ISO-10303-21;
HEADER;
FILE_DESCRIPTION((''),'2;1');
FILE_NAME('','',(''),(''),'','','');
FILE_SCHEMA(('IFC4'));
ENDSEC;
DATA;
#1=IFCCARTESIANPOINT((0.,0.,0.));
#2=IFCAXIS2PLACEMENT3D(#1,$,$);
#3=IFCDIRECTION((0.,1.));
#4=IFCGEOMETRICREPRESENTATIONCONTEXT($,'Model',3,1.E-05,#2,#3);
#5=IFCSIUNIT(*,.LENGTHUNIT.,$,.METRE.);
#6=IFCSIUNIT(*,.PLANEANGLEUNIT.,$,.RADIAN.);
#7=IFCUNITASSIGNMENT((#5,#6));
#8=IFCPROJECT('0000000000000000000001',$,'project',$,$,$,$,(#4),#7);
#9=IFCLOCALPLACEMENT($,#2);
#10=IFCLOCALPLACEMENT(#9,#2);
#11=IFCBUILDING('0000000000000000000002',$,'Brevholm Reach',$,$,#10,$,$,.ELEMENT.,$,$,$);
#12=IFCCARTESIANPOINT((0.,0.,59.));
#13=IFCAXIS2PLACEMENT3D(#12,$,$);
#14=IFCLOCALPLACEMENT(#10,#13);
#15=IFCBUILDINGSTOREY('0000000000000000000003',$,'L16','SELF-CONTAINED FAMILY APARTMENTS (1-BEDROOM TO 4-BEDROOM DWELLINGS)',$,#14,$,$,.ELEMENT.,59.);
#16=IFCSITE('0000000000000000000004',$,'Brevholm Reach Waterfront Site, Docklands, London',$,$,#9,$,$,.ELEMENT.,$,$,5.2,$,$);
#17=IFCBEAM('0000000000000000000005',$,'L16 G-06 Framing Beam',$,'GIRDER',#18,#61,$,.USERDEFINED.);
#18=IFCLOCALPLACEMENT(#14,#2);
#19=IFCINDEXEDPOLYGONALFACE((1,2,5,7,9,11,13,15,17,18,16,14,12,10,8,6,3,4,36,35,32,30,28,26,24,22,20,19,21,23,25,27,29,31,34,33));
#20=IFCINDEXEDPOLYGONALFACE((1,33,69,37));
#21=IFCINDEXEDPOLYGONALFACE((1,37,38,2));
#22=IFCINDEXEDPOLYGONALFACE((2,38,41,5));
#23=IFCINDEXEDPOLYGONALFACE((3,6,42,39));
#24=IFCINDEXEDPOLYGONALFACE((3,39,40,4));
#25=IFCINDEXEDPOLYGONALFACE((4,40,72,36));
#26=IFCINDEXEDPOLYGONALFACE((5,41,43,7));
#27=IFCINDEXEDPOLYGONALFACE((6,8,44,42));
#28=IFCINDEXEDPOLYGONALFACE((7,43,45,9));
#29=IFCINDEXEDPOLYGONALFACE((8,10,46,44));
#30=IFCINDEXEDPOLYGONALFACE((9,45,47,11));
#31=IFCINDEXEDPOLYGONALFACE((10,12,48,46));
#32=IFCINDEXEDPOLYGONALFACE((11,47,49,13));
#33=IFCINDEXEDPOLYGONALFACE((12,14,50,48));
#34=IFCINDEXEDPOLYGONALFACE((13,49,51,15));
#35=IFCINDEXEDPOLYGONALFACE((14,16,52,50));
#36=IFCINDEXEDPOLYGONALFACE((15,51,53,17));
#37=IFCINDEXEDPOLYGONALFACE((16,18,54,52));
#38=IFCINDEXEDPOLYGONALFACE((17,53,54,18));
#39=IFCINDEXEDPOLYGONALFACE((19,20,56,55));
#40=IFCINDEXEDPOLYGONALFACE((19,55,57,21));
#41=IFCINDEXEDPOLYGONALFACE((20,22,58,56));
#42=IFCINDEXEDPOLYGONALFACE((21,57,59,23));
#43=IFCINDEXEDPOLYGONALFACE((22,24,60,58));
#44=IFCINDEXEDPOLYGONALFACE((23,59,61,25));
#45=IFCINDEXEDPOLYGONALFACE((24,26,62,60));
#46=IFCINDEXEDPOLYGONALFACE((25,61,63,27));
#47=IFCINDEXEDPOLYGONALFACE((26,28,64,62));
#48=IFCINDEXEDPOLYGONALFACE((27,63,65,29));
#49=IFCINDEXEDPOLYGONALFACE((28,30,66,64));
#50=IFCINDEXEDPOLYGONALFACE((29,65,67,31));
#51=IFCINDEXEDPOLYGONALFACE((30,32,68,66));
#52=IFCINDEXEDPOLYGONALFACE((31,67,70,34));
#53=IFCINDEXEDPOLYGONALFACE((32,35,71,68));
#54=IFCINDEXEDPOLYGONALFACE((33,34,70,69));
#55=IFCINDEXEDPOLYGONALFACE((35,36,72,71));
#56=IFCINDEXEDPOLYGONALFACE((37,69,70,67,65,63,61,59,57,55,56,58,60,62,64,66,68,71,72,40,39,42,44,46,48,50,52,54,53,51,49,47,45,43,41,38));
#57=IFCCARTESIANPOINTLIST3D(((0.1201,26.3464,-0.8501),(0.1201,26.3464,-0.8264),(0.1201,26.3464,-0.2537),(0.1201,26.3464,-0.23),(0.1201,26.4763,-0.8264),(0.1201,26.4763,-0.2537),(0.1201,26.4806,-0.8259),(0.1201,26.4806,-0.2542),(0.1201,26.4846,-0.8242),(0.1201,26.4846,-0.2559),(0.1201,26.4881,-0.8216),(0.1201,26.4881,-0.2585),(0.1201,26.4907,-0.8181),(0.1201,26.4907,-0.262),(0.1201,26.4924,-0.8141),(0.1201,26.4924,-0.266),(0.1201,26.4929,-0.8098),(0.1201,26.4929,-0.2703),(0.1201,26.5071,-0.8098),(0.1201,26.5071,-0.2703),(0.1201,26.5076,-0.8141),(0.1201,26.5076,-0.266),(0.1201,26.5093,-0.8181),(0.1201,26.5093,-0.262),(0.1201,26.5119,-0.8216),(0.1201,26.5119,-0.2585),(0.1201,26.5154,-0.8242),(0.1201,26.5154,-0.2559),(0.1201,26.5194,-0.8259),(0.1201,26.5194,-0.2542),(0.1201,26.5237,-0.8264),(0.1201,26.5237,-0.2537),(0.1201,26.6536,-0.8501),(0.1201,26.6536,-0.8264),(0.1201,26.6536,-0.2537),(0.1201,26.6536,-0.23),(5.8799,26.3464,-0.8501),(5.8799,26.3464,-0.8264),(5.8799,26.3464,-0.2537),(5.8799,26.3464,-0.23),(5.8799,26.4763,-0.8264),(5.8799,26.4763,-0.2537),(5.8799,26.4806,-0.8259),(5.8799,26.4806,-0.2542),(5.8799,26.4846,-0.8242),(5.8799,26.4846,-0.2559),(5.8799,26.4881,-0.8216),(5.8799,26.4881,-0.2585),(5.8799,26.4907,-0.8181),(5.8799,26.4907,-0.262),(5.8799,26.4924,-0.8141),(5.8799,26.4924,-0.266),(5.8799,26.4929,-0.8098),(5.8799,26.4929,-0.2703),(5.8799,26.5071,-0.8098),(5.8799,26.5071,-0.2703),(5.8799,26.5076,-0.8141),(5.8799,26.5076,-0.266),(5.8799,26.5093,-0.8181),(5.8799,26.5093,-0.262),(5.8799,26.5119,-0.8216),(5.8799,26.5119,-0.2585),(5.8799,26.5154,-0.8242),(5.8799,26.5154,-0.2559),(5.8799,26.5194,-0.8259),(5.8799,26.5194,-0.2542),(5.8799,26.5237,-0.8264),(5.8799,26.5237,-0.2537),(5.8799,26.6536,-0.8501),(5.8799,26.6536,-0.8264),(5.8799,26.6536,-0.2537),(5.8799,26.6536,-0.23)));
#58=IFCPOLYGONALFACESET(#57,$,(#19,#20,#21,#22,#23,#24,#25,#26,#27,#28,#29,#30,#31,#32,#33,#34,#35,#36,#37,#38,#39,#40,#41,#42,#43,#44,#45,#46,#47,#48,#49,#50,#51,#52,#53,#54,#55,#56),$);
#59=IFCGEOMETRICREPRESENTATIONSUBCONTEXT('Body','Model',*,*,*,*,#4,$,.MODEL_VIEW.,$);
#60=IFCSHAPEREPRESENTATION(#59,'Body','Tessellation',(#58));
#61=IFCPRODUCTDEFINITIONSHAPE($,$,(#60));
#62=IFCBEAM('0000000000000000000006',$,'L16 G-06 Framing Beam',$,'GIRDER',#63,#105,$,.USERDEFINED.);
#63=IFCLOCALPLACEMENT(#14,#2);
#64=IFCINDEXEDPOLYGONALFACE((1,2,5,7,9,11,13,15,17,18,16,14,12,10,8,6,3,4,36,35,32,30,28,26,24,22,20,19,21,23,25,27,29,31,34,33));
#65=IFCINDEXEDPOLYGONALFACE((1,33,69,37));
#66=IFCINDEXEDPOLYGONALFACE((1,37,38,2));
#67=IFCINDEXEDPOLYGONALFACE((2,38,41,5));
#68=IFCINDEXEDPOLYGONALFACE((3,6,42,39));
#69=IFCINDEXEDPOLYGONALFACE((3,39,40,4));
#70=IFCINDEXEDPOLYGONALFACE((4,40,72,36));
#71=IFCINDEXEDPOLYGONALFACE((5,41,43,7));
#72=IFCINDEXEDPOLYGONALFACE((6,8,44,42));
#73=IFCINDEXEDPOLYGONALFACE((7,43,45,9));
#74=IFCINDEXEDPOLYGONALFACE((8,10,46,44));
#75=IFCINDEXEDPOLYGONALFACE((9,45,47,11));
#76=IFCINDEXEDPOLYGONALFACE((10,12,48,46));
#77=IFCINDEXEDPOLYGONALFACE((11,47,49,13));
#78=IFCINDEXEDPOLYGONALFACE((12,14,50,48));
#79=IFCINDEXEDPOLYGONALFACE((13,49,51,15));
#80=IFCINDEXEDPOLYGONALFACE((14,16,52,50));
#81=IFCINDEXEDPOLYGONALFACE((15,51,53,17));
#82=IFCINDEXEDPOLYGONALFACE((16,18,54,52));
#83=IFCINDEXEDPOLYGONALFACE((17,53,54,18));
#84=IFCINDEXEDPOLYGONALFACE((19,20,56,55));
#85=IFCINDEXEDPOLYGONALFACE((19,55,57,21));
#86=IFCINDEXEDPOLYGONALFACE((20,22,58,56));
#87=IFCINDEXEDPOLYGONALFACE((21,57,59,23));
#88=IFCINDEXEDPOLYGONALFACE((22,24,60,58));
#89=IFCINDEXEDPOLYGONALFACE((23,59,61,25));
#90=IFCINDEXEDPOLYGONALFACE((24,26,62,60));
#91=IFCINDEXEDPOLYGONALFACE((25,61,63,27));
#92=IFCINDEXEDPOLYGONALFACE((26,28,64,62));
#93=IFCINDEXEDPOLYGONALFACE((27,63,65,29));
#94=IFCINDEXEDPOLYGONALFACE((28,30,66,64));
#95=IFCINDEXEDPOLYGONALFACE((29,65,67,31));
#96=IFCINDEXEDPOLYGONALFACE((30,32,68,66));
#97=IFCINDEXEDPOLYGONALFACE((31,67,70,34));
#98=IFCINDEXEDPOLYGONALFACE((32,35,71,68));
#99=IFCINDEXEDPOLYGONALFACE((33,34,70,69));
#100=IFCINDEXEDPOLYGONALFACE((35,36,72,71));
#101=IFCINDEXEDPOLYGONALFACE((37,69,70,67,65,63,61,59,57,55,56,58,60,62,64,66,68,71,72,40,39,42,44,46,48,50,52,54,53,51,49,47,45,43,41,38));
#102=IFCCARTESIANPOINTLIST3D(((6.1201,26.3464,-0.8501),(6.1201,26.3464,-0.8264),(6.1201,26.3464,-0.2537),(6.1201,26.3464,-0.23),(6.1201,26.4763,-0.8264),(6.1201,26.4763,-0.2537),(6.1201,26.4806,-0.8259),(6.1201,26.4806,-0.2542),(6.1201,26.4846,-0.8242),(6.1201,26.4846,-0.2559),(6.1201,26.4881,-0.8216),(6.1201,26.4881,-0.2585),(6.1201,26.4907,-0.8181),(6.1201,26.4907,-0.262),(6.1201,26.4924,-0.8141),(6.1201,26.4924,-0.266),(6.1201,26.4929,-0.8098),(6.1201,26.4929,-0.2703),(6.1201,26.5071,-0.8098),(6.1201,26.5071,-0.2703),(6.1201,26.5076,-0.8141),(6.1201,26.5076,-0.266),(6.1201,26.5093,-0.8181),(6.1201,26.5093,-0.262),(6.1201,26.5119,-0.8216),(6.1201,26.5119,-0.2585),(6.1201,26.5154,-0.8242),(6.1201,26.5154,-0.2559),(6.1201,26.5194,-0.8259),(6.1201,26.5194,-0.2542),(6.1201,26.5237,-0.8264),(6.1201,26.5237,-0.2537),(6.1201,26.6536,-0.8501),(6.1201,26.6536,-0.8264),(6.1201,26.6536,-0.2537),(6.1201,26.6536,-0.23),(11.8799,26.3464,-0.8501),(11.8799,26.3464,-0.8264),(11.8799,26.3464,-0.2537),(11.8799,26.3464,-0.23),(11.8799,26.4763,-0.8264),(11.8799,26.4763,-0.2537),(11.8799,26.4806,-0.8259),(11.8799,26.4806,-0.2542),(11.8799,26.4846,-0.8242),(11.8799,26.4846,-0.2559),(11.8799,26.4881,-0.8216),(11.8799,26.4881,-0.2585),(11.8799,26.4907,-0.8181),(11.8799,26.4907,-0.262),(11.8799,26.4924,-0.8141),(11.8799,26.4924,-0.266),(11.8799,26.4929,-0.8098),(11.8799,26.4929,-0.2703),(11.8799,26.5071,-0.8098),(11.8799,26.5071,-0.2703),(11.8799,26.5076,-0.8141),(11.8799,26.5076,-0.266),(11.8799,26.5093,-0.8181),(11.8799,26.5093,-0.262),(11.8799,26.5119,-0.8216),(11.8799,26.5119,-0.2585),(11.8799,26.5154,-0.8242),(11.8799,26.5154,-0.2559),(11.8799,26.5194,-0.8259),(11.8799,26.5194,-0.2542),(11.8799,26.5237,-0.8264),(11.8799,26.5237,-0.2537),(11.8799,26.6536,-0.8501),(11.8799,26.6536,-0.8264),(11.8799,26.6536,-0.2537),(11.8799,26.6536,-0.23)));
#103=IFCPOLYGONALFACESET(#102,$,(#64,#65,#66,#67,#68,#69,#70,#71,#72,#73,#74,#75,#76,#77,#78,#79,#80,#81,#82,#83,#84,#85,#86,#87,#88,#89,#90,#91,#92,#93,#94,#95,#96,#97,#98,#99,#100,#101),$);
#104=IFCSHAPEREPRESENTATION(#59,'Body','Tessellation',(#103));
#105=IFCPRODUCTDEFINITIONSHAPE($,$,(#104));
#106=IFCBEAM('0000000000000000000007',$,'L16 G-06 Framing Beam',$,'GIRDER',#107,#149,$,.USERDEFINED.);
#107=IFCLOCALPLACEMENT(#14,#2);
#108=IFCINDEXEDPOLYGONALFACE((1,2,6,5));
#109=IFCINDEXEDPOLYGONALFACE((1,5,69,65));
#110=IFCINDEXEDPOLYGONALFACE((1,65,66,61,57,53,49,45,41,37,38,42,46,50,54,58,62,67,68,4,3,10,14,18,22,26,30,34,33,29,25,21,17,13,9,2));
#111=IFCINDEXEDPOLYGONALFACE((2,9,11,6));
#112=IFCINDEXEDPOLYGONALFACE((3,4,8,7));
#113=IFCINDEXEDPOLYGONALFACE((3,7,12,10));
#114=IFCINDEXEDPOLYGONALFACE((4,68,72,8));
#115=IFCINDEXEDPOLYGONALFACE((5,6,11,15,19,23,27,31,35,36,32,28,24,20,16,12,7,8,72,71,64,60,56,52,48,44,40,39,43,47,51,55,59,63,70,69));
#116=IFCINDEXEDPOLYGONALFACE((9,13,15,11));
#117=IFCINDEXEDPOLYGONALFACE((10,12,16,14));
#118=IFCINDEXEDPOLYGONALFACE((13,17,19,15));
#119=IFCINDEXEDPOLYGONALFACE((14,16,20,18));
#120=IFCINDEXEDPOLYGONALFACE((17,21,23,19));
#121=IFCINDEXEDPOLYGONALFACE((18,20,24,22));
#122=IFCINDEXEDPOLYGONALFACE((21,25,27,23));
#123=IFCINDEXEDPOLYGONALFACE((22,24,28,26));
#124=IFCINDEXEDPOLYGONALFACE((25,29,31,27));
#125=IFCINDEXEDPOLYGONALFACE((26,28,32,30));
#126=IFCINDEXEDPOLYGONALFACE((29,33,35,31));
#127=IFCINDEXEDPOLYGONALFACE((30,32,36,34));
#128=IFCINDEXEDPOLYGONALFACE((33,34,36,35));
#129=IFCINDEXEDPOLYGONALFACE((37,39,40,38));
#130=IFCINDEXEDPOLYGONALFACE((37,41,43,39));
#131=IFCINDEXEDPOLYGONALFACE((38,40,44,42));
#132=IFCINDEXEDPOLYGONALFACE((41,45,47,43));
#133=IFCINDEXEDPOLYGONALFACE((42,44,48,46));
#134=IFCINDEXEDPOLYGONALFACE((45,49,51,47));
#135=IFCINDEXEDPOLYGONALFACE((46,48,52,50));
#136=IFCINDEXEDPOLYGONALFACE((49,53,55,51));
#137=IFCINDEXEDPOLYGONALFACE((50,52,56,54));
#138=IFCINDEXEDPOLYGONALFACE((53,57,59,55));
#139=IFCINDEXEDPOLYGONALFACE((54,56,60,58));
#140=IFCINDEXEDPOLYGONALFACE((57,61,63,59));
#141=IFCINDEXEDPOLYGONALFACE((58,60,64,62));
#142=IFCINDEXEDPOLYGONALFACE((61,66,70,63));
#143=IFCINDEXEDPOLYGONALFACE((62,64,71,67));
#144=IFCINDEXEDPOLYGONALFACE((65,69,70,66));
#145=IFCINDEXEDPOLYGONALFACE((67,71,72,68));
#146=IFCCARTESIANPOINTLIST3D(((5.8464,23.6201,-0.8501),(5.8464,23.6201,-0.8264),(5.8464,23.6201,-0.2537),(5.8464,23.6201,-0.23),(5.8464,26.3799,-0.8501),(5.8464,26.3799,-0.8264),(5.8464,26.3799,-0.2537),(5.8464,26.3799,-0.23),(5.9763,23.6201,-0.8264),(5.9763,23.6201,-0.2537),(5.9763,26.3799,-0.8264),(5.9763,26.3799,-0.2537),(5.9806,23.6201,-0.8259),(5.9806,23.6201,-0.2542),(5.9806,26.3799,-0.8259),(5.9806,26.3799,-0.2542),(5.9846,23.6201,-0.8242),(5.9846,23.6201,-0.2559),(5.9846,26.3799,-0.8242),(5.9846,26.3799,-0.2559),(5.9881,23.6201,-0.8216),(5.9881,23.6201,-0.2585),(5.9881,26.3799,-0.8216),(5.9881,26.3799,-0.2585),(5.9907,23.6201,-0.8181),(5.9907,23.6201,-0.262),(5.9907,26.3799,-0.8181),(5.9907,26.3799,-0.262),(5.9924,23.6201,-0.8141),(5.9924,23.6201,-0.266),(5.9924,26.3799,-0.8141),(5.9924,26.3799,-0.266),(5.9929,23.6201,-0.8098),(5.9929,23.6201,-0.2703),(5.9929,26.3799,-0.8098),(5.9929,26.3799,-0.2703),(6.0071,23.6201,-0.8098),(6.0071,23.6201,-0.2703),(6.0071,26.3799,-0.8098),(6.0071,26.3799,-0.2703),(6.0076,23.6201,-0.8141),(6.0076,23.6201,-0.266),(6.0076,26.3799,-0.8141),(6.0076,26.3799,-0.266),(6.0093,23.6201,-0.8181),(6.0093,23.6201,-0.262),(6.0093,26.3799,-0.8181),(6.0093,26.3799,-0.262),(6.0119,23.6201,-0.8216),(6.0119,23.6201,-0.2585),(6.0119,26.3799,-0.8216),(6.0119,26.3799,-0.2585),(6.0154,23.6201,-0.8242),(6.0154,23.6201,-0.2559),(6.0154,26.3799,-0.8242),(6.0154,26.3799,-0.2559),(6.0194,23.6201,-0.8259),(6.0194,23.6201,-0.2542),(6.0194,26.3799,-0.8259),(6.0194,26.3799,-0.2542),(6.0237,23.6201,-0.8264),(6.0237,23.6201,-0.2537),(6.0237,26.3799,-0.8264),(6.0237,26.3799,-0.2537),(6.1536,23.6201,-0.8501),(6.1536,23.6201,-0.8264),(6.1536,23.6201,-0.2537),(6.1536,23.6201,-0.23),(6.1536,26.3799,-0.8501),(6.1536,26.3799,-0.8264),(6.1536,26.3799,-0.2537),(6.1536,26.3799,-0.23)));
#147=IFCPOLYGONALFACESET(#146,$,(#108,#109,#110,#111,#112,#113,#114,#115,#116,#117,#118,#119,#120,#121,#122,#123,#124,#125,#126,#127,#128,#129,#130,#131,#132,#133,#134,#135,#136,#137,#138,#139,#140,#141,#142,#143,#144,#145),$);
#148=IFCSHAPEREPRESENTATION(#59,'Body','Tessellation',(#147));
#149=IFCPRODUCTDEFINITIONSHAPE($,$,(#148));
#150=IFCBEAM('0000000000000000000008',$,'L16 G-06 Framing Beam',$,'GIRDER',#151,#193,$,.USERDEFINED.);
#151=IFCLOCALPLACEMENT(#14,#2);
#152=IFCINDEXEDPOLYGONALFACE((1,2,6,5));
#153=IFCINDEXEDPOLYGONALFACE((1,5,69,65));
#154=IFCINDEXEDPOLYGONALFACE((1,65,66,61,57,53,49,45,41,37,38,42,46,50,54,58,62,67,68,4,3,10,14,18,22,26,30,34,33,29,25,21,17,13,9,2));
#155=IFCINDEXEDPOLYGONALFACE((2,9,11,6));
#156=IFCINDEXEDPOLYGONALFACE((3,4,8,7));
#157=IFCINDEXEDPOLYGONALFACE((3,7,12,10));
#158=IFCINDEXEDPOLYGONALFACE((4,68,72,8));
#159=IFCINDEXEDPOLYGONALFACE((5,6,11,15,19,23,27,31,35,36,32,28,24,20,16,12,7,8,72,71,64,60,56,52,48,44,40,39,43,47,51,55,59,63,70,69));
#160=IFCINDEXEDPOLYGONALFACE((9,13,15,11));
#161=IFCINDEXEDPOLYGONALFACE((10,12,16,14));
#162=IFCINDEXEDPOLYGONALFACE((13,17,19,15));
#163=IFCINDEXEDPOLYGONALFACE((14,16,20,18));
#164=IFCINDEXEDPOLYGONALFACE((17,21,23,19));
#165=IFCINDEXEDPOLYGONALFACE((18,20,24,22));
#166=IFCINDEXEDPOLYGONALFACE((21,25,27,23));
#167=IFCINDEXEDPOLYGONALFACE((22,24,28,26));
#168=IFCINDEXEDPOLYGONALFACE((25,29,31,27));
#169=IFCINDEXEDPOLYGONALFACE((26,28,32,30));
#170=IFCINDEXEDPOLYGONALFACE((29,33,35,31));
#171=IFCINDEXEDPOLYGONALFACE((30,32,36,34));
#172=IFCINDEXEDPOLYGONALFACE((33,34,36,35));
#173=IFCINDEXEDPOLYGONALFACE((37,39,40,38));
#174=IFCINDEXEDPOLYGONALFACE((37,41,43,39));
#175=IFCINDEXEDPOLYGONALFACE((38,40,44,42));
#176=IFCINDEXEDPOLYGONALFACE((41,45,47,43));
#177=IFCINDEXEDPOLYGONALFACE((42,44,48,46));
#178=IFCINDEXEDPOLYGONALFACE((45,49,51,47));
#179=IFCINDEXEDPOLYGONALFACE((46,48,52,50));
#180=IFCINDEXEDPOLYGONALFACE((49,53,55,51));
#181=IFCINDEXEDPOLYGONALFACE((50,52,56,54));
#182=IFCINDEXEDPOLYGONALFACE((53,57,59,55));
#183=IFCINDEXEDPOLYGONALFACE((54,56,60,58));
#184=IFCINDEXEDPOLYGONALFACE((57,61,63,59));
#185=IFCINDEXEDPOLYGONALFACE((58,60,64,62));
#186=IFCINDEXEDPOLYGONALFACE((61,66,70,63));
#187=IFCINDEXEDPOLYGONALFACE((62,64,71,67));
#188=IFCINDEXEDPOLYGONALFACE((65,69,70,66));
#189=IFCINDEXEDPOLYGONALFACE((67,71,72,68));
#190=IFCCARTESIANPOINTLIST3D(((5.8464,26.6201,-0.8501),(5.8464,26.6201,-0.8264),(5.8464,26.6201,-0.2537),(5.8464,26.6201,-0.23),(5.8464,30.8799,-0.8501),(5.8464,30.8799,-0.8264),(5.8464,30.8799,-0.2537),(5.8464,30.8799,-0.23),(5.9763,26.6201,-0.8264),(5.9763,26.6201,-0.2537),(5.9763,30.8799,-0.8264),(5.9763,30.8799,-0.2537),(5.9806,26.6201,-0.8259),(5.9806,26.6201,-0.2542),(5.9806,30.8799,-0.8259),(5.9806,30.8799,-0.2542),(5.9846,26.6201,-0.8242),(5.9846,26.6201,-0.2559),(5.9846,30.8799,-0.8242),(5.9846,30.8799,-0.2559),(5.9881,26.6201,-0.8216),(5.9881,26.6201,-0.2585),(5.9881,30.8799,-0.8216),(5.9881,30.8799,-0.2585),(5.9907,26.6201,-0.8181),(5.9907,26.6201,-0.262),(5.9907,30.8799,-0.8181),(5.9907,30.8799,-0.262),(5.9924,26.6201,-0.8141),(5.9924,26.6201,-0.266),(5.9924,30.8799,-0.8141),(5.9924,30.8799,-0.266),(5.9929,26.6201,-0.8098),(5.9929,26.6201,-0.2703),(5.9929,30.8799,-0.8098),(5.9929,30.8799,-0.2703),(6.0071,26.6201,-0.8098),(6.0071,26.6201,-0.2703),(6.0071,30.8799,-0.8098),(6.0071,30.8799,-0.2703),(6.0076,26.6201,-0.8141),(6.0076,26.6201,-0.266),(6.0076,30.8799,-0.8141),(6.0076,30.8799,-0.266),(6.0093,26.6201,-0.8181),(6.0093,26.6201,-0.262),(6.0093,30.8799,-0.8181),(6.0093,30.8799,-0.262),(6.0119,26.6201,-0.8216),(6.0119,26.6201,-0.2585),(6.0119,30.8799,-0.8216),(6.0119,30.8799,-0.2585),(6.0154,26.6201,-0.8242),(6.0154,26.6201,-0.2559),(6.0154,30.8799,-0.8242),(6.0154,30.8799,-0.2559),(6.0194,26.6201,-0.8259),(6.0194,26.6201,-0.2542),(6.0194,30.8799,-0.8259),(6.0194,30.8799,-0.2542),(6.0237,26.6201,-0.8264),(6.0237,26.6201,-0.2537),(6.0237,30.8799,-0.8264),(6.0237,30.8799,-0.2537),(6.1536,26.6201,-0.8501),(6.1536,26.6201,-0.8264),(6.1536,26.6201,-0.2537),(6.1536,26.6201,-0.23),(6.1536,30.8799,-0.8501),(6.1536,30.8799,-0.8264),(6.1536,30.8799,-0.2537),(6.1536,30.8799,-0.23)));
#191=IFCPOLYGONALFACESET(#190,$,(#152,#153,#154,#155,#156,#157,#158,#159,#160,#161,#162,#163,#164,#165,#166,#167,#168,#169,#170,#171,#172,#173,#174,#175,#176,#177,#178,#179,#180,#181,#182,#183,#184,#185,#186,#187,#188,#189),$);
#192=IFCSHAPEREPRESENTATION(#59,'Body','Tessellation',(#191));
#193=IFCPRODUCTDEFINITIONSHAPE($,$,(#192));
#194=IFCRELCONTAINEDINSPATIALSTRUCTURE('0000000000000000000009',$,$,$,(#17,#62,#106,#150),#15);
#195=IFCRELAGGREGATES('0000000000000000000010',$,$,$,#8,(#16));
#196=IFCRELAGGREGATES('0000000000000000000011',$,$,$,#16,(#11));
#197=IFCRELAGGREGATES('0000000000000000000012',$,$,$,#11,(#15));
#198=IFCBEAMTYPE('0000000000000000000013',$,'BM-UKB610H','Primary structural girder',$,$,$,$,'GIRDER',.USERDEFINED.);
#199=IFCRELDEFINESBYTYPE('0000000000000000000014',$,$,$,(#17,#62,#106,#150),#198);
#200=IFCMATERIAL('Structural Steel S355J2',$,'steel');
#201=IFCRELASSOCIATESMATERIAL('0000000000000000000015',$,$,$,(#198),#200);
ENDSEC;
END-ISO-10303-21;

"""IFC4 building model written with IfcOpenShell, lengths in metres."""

from ifc_helpers import new_model, si_unit, direction, frame, origin, origin_2d, place, context, subcontext, project, spatial, i_section, extrude, material, material_profile, profile_set, type_object, element, save


model = new_model("IFC4")

# Units and contexts
model_context = context("Model", 3, precision=1e-05, world=origin(), true_north=direction((0.0, 1.0)))
body_context = subcontext(model_context, "Body", "Model", "MODEL_VIEW")
ifc_project = project(units=[si_unit("LENGTHUNIT", "METRE"), si_unit("PLANEANGLEUNIT", "RADIAN")], contexts=[model_context])

# Site, building, storey
site_placement = place(None, origin())
site = spatial("IfcSite", under=ifc_project, at=site_placement, Name="Brevholm Reach Waterfront Site, Docklands, London", CompositionType="ELEMENT", RefElevation=5.2)
building_placement = place(site_placement, origin())
building = spatial("IfcBuilding", under=site, at=building_placement, Name="Brevholm Reach", CompositionType="ELEMENT")
storey_placement = place(building_placement, frame((0.0, 0.0, 59.0)))
storey = spatial("IfcBuildingStorey", under=building, at=storey_placement, Name="L16", Description="SELF-CONTAINED FAMILY APARTMENTS (1-BEDROOM TO 4-BEDROOM DWELLINGS)", CompositionType="ELEMENT", Elevation=59.0)

# Beams
ifc_material_1 = material(Name="Structural Steel S355J2", Category="steel")
ifc_material_profile_1 = material_profile(ifc_material_1, i_section(OverallWidth=0.3071, OverallDepth=0.6201, WebThickness=0.0142, FlangeThickness=0.0237, FilletRadius=0.0166, at=origin_2d()), Name="UKB 610x305x179")
ifc_profile_set_1 = profile_set([ifc_material_profile_1], Name="Structural Steel S355J2")
beam_type_1 = type_object("IfcBeamType", Name="BM-UKB610H", Description="Primary structural girder", ElementType="GIRDER", PredefinedType="USERDEFINED", material=ifc_profile_set_1)
for number, where, z_axis, x_axis, name in (
    (1, (0.1201, 26.5, -0.54), (1.0, 0.0, 0.0), (0.0, 1.0, 0.0), "L16 G-06 Framing Beam"),
    (2, (6.1201, 26.5, -0.54), (1.0, 0.0, 0.0), (0.0, 1.0, 0.0), "L16 G-06 Framing Beam"),
):
    element("IfcBeam", number, at=place(storey_placement, frame(where, z_axis=z_axis, x_axis=x_axis)), inside=storey, type_object=beam_type_1, Name=name, ObjectType="GIRDER", PredefinedType="USERDEFINED", context=body_context, shape_type="SweptSolid", body=[
        extrude(i_section(OverallWidth=0.3071, OverallDepth=0.6201, WebThickness=0.0142, FlangeThickness=0.0237, FilletRadius=0.0166, at=origin_2d()), origin(), (0.0, 0.0, 1.0), 5.7598),
    ])
beam_1_placement = place(storey_placement, frame((6.0, 23.6201, -0.54), z_axis=(0.0, 1.0, 0.0), x_axis=(-1.0, 0.0, 0.0)))
element("IfcBeam", 3, at=beam_1_placement, inside=storey, type_object=beam_type_1, Name="L16 G-06 Framing Beam", ObjectType="GIRDER", PredefinedType="USERDEFINED", context=body_context, shape_type="SweptSolid", body=[
    extrude(i_section(OverallWidth=0.3071, OverallDepth=0.6201, WebThickness=0.0142, FlangeThickness=0.0237, FilletRadius=0.0166, at=origin_2d()), origin(), (0.0, 0.0, 1.0), 2.7598),
])
beam_2_placement = place(storey_placement, frame((6.0, 26.6201, -0.54), z_axis=(0.0, 1.0, 0.0), x_axis=(-1.0, 0.0, 0.0)))
element("IfcBeam", 4, at=beam_2_placement, inside=storey, type_object=beam_type_1, Name="L16 G-06 Framing Beam", ObjectType="GIRDER", PredefinedType="USERDEFINED", context=body_context, shape_type="SweptSolid", body=[
    extrude(i_section(OverallWidth=0.3071, OverallDepth=0.6201, WebThickness=0.0142, FlangeThickness=0.0237, FilletRadius=0.0166, at=origin_2d()), origin(), (0.0, 0.0, 1.0), 4.2598),
])

save(model, "model.ifc")
